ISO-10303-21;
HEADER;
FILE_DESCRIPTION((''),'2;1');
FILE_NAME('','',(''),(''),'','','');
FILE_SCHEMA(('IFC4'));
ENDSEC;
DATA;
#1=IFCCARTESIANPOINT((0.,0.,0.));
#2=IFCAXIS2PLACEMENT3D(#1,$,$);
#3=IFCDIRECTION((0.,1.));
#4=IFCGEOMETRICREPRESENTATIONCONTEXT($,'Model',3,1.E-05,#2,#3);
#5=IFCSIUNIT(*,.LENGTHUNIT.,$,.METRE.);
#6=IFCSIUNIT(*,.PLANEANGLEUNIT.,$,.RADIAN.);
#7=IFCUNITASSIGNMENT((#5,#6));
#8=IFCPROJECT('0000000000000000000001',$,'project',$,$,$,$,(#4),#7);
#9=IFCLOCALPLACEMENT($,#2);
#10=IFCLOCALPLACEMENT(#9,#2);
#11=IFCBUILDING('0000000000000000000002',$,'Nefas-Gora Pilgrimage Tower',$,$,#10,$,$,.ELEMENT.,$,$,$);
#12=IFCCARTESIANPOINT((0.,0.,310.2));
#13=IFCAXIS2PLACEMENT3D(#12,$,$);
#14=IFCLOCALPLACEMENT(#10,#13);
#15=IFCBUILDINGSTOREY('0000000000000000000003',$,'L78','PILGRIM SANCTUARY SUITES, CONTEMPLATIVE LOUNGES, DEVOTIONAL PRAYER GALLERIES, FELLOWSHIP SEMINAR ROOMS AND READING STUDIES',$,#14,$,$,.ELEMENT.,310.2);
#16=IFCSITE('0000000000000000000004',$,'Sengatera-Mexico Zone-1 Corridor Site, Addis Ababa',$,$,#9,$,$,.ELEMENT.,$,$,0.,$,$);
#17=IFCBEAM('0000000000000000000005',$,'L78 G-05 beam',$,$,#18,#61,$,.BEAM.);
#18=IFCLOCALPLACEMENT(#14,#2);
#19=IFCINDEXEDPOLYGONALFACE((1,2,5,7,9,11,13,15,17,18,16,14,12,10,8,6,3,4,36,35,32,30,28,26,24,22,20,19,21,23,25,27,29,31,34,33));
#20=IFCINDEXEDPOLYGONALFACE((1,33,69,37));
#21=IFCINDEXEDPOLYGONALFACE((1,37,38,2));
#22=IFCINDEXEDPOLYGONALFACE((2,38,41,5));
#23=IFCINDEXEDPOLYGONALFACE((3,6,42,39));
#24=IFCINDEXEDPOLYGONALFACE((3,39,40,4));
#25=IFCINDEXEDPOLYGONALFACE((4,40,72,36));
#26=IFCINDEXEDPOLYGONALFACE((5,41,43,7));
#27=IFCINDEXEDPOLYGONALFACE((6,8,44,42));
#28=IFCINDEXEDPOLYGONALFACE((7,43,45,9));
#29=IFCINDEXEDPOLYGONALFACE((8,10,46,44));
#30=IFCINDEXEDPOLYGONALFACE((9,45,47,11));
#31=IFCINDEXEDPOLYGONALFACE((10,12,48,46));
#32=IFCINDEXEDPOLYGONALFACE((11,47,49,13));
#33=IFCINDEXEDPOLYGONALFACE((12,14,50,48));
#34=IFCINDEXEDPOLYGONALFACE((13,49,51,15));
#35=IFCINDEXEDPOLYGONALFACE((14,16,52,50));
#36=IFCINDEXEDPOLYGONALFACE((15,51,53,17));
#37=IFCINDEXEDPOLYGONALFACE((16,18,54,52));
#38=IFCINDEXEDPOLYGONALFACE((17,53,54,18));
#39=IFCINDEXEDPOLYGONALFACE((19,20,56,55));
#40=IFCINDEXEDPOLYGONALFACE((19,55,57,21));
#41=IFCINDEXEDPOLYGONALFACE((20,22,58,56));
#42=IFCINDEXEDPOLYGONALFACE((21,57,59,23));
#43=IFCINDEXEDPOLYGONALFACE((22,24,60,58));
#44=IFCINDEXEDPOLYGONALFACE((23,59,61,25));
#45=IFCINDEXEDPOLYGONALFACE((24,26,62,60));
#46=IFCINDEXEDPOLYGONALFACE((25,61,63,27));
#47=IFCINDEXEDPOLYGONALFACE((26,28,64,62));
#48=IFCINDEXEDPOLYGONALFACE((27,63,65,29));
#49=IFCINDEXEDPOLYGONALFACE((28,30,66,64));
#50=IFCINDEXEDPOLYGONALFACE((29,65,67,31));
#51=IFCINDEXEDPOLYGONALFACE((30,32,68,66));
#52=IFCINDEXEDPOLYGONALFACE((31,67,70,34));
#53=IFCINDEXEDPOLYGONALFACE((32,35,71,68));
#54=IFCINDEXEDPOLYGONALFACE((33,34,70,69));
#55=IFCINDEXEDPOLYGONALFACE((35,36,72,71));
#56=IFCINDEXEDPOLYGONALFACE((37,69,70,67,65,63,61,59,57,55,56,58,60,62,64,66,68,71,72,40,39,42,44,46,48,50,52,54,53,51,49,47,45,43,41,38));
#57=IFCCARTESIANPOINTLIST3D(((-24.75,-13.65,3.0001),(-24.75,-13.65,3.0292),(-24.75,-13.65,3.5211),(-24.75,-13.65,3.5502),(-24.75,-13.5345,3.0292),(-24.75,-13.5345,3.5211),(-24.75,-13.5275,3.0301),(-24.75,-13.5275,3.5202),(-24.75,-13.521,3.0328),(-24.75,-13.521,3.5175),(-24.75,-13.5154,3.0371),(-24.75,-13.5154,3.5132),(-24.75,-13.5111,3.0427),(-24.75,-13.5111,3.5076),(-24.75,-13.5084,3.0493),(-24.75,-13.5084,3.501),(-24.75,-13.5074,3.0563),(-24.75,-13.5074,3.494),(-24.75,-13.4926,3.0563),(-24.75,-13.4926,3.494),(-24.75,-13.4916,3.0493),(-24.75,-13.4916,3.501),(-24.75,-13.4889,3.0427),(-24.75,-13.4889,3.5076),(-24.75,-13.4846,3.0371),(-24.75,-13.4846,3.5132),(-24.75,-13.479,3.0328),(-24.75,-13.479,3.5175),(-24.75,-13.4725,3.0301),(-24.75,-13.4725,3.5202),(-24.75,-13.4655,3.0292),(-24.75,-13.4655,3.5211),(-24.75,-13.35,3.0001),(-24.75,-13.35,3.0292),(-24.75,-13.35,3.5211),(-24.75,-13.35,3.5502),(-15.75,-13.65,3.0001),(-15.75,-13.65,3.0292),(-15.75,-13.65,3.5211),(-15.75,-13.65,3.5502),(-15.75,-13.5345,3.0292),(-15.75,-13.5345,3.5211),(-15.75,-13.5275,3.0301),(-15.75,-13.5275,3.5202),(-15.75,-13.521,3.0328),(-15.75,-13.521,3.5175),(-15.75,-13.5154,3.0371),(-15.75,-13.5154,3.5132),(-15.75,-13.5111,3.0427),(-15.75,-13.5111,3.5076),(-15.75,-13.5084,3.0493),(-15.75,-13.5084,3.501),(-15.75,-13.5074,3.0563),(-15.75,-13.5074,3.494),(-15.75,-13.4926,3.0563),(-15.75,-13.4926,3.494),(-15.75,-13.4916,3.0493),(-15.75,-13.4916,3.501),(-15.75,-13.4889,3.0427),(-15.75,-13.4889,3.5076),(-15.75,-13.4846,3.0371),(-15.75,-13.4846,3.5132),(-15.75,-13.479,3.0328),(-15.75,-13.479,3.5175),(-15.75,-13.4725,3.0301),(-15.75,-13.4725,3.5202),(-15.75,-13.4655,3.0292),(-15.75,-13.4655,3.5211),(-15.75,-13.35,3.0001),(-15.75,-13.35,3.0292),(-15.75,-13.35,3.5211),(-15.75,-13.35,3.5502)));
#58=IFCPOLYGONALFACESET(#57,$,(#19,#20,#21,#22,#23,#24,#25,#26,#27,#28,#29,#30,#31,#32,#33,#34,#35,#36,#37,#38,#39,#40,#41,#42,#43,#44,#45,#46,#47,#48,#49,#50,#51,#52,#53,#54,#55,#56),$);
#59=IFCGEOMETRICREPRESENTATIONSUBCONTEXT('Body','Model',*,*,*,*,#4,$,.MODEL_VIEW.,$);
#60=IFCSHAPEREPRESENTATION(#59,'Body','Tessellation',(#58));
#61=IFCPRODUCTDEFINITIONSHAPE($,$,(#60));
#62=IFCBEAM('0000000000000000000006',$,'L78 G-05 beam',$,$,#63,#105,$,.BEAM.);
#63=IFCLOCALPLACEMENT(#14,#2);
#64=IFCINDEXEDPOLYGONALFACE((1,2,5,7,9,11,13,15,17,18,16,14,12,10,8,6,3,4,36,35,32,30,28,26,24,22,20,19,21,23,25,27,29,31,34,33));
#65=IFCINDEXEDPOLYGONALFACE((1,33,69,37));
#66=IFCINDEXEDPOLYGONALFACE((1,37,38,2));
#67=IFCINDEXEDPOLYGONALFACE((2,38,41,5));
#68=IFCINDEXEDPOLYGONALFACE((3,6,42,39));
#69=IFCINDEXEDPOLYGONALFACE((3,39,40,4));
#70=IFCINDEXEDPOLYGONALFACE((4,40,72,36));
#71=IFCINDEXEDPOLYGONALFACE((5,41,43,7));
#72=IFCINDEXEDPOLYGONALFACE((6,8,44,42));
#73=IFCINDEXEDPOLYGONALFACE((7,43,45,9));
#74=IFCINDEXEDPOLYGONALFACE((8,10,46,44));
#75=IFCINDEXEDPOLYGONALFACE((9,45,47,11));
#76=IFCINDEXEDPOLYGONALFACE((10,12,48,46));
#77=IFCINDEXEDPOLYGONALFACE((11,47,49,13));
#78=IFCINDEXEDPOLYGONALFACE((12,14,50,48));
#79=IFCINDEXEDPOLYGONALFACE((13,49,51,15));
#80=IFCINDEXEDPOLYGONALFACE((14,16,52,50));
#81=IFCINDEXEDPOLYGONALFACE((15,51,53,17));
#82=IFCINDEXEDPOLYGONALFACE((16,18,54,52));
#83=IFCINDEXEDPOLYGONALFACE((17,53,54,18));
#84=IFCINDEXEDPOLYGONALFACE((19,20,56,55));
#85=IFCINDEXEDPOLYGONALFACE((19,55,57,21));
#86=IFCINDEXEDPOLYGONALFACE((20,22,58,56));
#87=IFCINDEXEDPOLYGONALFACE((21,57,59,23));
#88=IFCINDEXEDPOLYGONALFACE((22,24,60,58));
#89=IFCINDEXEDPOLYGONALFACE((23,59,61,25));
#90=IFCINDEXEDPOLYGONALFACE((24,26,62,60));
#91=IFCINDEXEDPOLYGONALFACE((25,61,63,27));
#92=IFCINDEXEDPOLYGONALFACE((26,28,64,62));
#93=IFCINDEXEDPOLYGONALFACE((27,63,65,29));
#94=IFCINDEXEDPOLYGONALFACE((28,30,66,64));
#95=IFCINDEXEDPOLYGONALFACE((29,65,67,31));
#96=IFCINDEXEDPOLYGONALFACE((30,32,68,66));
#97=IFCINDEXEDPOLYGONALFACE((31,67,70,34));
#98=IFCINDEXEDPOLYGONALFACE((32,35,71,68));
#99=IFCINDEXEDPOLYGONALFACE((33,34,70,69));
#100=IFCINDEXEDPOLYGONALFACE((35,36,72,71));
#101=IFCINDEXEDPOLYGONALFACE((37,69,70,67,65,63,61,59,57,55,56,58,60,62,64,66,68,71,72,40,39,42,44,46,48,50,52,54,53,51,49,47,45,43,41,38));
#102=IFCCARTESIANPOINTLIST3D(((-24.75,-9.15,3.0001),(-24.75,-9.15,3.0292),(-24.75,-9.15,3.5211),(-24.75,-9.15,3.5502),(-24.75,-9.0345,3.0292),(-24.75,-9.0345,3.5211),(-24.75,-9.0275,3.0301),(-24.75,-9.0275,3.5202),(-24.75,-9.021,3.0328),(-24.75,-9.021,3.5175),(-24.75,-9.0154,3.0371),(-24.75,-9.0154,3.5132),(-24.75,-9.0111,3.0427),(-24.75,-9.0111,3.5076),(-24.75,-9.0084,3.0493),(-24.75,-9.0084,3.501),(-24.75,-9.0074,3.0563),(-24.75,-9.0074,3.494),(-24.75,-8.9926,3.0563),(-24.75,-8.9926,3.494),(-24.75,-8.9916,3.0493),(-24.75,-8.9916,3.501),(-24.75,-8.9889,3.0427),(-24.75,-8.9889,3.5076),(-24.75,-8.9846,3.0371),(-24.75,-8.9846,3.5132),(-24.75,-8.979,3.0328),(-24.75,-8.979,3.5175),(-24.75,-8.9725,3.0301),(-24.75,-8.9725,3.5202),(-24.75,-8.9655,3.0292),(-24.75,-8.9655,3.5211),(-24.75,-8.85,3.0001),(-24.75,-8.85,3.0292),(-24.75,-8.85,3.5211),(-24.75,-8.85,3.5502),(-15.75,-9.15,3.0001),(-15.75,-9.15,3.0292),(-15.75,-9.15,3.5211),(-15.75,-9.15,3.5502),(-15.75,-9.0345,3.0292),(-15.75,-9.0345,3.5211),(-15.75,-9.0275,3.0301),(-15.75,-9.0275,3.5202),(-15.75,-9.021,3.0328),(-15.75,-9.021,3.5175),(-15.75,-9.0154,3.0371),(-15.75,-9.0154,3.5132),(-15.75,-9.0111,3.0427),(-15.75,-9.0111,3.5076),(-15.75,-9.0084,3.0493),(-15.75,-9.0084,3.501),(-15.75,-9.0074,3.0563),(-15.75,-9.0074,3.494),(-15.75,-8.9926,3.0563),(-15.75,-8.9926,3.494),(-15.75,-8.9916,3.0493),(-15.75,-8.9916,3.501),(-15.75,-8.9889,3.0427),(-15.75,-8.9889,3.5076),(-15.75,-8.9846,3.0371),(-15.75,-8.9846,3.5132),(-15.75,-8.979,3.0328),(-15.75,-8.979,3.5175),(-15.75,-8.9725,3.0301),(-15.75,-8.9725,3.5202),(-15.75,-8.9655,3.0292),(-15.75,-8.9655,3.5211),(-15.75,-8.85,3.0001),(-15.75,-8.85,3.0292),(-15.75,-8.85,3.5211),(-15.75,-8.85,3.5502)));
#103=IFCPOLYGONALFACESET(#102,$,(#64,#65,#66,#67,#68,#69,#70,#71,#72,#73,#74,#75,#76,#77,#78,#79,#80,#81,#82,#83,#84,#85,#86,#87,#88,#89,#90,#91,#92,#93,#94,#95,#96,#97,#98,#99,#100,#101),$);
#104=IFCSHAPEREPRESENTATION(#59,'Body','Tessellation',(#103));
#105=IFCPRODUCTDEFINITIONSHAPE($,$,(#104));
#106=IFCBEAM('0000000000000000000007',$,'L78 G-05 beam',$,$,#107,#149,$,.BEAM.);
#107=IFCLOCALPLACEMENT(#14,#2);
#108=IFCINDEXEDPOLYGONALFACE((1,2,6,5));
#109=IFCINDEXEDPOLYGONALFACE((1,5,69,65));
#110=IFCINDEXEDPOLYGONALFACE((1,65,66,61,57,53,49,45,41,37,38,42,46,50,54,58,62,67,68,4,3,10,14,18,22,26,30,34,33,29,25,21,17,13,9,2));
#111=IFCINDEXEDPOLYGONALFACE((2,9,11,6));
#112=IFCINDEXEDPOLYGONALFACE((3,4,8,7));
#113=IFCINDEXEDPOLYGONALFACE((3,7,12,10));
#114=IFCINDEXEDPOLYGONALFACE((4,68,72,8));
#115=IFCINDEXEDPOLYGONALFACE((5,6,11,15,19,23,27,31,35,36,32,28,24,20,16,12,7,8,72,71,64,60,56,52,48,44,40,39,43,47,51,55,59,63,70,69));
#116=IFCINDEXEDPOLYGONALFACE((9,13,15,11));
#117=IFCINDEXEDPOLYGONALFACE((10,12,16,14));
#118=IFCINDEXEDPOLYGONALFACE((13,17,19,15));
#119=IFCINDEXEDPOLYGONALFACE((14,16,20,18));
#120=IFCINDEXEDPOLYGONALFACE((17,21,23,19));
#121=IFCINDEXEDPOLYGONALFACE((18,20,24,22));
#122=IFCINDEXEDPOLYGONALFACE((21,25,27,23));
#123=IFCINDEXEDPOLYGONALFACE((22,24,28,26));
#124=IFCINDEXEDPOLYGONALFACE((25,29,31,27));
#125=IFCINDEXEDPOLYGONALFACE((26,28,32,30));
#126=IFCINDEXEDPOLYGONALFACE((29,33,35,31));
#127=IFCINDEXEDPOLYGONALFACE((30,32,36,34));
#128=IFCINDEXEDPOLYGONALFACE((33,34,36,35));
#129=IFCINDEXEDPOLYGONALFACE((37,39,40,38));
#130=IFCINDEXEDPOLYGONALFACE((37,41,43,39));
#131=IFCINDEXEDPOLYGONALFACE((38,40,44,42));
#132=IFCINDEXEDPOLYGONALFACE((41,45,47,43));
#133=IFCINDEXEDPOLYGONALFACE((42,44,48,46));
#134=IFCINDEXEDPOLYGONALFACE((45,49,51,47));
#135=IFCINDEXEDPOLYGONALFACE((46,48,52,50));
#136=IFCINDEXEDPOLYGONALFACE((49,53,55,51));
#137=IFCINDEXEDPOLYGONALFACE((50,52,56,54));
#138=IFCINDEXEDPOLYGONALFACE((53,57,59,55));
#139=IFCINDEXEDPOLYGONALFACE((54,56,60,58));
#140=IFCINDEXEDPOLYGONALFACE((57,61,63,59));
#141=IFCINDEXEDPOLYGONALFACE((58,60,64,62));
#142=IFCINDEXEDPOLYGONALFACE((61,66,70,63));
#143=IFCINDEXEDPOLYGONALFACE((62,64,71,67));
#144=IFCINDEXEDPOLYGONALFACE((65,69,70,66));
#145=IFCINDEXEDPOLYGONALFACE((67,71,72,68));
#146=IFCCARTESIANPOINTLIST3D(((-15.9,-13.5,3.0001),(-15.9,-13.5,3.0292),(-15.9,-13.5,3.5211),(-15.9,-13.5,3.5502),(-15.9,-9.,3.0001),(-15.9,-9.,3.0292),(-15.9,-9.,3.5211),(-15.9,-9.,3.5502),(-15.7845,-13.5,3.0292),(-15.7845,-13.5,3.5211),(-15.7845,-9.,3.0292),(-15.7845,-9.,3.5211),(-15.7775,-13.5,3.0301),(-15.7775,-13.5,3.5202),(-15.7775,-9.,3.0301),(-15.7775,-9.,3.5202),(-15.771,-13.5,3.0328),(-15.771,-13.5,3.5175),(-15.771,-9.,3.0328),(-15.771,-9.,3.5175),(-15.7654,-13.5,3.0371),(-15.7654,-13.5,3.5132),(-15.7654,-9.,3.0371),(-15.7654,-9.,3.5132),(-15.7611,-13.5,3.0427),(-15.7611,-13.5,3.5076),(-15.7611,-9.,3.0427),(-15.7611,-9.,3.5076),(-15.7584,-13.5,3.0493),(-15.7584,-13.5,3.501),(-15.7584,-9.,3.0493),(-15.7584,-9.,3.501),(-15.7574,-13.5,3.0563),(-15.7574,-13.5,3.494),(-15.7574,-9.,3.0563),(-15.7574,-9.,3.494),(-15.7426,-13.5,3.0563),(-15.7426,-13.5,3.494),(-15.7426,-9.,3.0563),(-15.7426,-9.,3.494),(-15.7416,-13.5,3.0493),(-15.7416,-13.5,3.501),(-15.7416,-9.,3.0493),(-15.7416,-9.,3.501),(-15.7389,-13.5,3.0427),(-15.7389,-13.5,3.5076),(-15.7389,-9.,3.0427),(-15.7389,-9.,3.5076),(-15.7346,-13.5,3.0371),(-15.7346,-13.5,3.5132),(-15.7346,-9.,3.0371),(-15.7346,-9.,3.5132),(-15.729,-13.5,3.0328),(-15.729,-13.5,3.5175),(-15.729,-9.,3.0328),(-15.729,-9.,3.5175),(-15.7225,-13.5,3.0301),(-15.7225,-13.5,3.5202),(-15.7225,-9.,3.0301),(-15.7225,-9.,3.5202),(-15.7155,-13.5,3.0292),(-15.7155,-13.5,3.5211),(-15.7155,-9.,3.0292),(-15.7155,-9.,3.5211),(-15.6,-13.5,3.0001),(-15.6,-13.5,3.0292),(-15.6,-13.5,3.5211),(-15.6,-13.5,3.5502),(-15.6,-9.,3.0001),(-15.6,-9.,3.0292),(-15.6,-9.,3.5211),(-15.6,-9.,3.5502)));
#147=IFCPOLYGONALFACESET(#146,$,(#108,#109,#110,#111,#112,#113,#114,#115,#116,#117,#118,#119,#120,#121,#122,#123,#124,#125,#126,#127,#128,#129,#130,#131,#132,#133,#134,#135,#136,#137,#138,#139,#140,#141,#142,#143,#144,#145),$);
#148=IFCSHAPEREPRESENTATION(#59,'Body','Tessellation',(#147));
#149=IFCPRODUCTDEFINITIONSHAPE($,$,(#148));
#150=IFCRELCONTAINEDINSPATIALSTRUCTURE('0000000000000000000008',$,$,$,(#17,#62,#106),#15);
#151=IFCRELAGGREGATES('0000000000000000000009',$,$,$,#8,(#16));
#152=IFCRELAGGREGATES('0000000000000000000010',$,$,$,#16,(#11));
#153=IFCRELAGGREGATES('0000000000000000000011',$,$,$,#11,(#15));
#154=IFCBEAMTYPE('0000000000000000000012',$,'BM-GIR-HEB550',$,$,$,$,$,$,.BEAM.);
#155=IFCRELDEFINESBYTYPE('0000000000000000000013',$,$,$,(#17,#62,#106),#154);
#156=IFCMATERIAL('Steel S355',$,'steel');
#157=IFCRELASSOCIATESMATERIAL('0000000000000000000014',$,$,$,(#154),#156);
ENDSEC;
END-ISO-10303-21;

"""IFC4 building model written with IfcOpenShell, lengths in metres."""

from ifc_helpers import new_model, si_unit, direction, frame, origin, origin_2d, place, context, subcontext, project, spatial, i_section, extrude, source, transform, mapped, material, material_profile, profile_set, type_object, element, save


model = new_model("IFC4")

# Units and contexts
model_context = context("Model", 3, precision=1e-05, world=origin(), true_north=direction((0.0, 1.0)))
body_context = subcontext(model_context, "Body", "Model", "MODEL_VIEW")
ifc_project = project(units=[si_unit("LENGTHUNIT", "METRE"), si_unit("PLANEANGLEUNIT", "RADIAN")], contexts=[model_context])

# Site, building, storey
site_placement = place(None, origin())
site = spatial("IfcSite", under=ifc_project, at=site_placement, Name="Sengatera-Mexico Zone-1 Corridor Site, Addis Ababa", CompositionType="ELEMENT", RefElevation=0.0)
building_placement = place(site_placement, origin())
building = spatial("IfcBuilding", under=site, at=building_placement, Name="Nefas-Gora Pilgrimage Tower", CompositionType="ELEMENT")
storey_placement = place(building_placement, frame((0.0, 0.0, 310.2)))
storey = spatial("IfcBuildingStorey", under=building, at=storey_placement, Name="L78", Description="PILGRIM SANCTUARY SUITES, CONTEMPLATIVE LOUNGES, DEVOTIONAL PRAYER GALLERIES, FELLOWSHIP SEMINAR ROOMS AND READING STUDIES", CompositionType="ELEMENT", Elevation=310.2)

# Shared definitions
ifc_material_1 = material(Name="Steel S355", Category="steel")

# Beams
ifc_material_profile_1 = material_profile(ifc_material_1, i_section(OverallWidth=0.3, OverallDepth=0.55, WebThickness=0.0149, FlangeThickness=0.0291, FilletRadius=0.0271, at=origin_2d()), Name="HEB 550")
ifc_profile_set_1 = profile_set([ifc_material_profile_1], Name="Steel S355")
beam_type_1 = type_object("IfcBeamType", Name="BM-GIR-HEB550", PredefinedType="BEAM", material=ifc_profile_set_1)
shared_shape_1 = source(origin(), body_context, "Body", "SweptSolid", [
    extrude(i_section(OverallWidth=0.3, OverallDepth=0.55, WebThickness=0.0149, FlangeThickness=0.0291, FilletRadius=0.0271, at=origin_2d()), origin(), (0.0, 0.0, 1.0), 9.0),
])
for number, where, z_axis, x_axis, name in (
    (1, (-24.75, -13.5, 3.2751), (1.0, 0.0, 0.0), (0.0, 1.0, 0.0), "L78 G-05 beam"),
    (2, (-24.75, -9.0, 3.2751), (1.0, 0.0, 0.0), (0.0, 1.0, 0.0), "L78 G-05 beam"),
):
    element("IfcBeam", number, at=place(storey_placement, frame(where, z_axis=z_axis, x_axis=x_axis)), inside=storey, type_object=beam_type_1, Name=name, PredefinedType="BEAM", context=body_context, shape_type="MappedRepresentation", body=[
        mapped(shared_shape_1, transform((0.0, 0.0, 0.0), x_axis=(1.0, 0.0, 0.0), y_axis=(0.0, 1.0, 0.0), z_axis=(0.0, 0.0, 1.0), scale=1.0)),
    ])
shared_shape_2 = source(origin(), body_context, "Body", "SweptSolid", [
    extrude(i_section(OverallWidth=0.3, OverallDepth=0.55, WebThickness=0.0149, FlangeThickness=0.0291, FilletRadius=0.0271, at=origin_2d()), origin(), (0.0, 0.0, 1.0), 4.5),
])
beam_placement = place(storey_placement, frame((-15.75, -13.5, 3.2751), z_axis=(0.0, 1.0, 0.0), x_axis=(-1.0, 0.0, 0.0)))
element("IfcBeam", 3, at=beam_placement, inside=storey, type_object=beam_type_1, Name="L78 G-05 beam", PredefinedType="BEAM", context=body_context, shape_type="MappedRepresentation", body=[
    mapped(shared_shape_2, transform((0.0, 0.0, 0.0), x_axis=(1.0, 0.0, 0.0), y_axis=(0.0, 1.0, 0.0), z_axis=(0.0, 0.0, 1.0), scale=1.0)),
])

save(model, "model.ifc")
